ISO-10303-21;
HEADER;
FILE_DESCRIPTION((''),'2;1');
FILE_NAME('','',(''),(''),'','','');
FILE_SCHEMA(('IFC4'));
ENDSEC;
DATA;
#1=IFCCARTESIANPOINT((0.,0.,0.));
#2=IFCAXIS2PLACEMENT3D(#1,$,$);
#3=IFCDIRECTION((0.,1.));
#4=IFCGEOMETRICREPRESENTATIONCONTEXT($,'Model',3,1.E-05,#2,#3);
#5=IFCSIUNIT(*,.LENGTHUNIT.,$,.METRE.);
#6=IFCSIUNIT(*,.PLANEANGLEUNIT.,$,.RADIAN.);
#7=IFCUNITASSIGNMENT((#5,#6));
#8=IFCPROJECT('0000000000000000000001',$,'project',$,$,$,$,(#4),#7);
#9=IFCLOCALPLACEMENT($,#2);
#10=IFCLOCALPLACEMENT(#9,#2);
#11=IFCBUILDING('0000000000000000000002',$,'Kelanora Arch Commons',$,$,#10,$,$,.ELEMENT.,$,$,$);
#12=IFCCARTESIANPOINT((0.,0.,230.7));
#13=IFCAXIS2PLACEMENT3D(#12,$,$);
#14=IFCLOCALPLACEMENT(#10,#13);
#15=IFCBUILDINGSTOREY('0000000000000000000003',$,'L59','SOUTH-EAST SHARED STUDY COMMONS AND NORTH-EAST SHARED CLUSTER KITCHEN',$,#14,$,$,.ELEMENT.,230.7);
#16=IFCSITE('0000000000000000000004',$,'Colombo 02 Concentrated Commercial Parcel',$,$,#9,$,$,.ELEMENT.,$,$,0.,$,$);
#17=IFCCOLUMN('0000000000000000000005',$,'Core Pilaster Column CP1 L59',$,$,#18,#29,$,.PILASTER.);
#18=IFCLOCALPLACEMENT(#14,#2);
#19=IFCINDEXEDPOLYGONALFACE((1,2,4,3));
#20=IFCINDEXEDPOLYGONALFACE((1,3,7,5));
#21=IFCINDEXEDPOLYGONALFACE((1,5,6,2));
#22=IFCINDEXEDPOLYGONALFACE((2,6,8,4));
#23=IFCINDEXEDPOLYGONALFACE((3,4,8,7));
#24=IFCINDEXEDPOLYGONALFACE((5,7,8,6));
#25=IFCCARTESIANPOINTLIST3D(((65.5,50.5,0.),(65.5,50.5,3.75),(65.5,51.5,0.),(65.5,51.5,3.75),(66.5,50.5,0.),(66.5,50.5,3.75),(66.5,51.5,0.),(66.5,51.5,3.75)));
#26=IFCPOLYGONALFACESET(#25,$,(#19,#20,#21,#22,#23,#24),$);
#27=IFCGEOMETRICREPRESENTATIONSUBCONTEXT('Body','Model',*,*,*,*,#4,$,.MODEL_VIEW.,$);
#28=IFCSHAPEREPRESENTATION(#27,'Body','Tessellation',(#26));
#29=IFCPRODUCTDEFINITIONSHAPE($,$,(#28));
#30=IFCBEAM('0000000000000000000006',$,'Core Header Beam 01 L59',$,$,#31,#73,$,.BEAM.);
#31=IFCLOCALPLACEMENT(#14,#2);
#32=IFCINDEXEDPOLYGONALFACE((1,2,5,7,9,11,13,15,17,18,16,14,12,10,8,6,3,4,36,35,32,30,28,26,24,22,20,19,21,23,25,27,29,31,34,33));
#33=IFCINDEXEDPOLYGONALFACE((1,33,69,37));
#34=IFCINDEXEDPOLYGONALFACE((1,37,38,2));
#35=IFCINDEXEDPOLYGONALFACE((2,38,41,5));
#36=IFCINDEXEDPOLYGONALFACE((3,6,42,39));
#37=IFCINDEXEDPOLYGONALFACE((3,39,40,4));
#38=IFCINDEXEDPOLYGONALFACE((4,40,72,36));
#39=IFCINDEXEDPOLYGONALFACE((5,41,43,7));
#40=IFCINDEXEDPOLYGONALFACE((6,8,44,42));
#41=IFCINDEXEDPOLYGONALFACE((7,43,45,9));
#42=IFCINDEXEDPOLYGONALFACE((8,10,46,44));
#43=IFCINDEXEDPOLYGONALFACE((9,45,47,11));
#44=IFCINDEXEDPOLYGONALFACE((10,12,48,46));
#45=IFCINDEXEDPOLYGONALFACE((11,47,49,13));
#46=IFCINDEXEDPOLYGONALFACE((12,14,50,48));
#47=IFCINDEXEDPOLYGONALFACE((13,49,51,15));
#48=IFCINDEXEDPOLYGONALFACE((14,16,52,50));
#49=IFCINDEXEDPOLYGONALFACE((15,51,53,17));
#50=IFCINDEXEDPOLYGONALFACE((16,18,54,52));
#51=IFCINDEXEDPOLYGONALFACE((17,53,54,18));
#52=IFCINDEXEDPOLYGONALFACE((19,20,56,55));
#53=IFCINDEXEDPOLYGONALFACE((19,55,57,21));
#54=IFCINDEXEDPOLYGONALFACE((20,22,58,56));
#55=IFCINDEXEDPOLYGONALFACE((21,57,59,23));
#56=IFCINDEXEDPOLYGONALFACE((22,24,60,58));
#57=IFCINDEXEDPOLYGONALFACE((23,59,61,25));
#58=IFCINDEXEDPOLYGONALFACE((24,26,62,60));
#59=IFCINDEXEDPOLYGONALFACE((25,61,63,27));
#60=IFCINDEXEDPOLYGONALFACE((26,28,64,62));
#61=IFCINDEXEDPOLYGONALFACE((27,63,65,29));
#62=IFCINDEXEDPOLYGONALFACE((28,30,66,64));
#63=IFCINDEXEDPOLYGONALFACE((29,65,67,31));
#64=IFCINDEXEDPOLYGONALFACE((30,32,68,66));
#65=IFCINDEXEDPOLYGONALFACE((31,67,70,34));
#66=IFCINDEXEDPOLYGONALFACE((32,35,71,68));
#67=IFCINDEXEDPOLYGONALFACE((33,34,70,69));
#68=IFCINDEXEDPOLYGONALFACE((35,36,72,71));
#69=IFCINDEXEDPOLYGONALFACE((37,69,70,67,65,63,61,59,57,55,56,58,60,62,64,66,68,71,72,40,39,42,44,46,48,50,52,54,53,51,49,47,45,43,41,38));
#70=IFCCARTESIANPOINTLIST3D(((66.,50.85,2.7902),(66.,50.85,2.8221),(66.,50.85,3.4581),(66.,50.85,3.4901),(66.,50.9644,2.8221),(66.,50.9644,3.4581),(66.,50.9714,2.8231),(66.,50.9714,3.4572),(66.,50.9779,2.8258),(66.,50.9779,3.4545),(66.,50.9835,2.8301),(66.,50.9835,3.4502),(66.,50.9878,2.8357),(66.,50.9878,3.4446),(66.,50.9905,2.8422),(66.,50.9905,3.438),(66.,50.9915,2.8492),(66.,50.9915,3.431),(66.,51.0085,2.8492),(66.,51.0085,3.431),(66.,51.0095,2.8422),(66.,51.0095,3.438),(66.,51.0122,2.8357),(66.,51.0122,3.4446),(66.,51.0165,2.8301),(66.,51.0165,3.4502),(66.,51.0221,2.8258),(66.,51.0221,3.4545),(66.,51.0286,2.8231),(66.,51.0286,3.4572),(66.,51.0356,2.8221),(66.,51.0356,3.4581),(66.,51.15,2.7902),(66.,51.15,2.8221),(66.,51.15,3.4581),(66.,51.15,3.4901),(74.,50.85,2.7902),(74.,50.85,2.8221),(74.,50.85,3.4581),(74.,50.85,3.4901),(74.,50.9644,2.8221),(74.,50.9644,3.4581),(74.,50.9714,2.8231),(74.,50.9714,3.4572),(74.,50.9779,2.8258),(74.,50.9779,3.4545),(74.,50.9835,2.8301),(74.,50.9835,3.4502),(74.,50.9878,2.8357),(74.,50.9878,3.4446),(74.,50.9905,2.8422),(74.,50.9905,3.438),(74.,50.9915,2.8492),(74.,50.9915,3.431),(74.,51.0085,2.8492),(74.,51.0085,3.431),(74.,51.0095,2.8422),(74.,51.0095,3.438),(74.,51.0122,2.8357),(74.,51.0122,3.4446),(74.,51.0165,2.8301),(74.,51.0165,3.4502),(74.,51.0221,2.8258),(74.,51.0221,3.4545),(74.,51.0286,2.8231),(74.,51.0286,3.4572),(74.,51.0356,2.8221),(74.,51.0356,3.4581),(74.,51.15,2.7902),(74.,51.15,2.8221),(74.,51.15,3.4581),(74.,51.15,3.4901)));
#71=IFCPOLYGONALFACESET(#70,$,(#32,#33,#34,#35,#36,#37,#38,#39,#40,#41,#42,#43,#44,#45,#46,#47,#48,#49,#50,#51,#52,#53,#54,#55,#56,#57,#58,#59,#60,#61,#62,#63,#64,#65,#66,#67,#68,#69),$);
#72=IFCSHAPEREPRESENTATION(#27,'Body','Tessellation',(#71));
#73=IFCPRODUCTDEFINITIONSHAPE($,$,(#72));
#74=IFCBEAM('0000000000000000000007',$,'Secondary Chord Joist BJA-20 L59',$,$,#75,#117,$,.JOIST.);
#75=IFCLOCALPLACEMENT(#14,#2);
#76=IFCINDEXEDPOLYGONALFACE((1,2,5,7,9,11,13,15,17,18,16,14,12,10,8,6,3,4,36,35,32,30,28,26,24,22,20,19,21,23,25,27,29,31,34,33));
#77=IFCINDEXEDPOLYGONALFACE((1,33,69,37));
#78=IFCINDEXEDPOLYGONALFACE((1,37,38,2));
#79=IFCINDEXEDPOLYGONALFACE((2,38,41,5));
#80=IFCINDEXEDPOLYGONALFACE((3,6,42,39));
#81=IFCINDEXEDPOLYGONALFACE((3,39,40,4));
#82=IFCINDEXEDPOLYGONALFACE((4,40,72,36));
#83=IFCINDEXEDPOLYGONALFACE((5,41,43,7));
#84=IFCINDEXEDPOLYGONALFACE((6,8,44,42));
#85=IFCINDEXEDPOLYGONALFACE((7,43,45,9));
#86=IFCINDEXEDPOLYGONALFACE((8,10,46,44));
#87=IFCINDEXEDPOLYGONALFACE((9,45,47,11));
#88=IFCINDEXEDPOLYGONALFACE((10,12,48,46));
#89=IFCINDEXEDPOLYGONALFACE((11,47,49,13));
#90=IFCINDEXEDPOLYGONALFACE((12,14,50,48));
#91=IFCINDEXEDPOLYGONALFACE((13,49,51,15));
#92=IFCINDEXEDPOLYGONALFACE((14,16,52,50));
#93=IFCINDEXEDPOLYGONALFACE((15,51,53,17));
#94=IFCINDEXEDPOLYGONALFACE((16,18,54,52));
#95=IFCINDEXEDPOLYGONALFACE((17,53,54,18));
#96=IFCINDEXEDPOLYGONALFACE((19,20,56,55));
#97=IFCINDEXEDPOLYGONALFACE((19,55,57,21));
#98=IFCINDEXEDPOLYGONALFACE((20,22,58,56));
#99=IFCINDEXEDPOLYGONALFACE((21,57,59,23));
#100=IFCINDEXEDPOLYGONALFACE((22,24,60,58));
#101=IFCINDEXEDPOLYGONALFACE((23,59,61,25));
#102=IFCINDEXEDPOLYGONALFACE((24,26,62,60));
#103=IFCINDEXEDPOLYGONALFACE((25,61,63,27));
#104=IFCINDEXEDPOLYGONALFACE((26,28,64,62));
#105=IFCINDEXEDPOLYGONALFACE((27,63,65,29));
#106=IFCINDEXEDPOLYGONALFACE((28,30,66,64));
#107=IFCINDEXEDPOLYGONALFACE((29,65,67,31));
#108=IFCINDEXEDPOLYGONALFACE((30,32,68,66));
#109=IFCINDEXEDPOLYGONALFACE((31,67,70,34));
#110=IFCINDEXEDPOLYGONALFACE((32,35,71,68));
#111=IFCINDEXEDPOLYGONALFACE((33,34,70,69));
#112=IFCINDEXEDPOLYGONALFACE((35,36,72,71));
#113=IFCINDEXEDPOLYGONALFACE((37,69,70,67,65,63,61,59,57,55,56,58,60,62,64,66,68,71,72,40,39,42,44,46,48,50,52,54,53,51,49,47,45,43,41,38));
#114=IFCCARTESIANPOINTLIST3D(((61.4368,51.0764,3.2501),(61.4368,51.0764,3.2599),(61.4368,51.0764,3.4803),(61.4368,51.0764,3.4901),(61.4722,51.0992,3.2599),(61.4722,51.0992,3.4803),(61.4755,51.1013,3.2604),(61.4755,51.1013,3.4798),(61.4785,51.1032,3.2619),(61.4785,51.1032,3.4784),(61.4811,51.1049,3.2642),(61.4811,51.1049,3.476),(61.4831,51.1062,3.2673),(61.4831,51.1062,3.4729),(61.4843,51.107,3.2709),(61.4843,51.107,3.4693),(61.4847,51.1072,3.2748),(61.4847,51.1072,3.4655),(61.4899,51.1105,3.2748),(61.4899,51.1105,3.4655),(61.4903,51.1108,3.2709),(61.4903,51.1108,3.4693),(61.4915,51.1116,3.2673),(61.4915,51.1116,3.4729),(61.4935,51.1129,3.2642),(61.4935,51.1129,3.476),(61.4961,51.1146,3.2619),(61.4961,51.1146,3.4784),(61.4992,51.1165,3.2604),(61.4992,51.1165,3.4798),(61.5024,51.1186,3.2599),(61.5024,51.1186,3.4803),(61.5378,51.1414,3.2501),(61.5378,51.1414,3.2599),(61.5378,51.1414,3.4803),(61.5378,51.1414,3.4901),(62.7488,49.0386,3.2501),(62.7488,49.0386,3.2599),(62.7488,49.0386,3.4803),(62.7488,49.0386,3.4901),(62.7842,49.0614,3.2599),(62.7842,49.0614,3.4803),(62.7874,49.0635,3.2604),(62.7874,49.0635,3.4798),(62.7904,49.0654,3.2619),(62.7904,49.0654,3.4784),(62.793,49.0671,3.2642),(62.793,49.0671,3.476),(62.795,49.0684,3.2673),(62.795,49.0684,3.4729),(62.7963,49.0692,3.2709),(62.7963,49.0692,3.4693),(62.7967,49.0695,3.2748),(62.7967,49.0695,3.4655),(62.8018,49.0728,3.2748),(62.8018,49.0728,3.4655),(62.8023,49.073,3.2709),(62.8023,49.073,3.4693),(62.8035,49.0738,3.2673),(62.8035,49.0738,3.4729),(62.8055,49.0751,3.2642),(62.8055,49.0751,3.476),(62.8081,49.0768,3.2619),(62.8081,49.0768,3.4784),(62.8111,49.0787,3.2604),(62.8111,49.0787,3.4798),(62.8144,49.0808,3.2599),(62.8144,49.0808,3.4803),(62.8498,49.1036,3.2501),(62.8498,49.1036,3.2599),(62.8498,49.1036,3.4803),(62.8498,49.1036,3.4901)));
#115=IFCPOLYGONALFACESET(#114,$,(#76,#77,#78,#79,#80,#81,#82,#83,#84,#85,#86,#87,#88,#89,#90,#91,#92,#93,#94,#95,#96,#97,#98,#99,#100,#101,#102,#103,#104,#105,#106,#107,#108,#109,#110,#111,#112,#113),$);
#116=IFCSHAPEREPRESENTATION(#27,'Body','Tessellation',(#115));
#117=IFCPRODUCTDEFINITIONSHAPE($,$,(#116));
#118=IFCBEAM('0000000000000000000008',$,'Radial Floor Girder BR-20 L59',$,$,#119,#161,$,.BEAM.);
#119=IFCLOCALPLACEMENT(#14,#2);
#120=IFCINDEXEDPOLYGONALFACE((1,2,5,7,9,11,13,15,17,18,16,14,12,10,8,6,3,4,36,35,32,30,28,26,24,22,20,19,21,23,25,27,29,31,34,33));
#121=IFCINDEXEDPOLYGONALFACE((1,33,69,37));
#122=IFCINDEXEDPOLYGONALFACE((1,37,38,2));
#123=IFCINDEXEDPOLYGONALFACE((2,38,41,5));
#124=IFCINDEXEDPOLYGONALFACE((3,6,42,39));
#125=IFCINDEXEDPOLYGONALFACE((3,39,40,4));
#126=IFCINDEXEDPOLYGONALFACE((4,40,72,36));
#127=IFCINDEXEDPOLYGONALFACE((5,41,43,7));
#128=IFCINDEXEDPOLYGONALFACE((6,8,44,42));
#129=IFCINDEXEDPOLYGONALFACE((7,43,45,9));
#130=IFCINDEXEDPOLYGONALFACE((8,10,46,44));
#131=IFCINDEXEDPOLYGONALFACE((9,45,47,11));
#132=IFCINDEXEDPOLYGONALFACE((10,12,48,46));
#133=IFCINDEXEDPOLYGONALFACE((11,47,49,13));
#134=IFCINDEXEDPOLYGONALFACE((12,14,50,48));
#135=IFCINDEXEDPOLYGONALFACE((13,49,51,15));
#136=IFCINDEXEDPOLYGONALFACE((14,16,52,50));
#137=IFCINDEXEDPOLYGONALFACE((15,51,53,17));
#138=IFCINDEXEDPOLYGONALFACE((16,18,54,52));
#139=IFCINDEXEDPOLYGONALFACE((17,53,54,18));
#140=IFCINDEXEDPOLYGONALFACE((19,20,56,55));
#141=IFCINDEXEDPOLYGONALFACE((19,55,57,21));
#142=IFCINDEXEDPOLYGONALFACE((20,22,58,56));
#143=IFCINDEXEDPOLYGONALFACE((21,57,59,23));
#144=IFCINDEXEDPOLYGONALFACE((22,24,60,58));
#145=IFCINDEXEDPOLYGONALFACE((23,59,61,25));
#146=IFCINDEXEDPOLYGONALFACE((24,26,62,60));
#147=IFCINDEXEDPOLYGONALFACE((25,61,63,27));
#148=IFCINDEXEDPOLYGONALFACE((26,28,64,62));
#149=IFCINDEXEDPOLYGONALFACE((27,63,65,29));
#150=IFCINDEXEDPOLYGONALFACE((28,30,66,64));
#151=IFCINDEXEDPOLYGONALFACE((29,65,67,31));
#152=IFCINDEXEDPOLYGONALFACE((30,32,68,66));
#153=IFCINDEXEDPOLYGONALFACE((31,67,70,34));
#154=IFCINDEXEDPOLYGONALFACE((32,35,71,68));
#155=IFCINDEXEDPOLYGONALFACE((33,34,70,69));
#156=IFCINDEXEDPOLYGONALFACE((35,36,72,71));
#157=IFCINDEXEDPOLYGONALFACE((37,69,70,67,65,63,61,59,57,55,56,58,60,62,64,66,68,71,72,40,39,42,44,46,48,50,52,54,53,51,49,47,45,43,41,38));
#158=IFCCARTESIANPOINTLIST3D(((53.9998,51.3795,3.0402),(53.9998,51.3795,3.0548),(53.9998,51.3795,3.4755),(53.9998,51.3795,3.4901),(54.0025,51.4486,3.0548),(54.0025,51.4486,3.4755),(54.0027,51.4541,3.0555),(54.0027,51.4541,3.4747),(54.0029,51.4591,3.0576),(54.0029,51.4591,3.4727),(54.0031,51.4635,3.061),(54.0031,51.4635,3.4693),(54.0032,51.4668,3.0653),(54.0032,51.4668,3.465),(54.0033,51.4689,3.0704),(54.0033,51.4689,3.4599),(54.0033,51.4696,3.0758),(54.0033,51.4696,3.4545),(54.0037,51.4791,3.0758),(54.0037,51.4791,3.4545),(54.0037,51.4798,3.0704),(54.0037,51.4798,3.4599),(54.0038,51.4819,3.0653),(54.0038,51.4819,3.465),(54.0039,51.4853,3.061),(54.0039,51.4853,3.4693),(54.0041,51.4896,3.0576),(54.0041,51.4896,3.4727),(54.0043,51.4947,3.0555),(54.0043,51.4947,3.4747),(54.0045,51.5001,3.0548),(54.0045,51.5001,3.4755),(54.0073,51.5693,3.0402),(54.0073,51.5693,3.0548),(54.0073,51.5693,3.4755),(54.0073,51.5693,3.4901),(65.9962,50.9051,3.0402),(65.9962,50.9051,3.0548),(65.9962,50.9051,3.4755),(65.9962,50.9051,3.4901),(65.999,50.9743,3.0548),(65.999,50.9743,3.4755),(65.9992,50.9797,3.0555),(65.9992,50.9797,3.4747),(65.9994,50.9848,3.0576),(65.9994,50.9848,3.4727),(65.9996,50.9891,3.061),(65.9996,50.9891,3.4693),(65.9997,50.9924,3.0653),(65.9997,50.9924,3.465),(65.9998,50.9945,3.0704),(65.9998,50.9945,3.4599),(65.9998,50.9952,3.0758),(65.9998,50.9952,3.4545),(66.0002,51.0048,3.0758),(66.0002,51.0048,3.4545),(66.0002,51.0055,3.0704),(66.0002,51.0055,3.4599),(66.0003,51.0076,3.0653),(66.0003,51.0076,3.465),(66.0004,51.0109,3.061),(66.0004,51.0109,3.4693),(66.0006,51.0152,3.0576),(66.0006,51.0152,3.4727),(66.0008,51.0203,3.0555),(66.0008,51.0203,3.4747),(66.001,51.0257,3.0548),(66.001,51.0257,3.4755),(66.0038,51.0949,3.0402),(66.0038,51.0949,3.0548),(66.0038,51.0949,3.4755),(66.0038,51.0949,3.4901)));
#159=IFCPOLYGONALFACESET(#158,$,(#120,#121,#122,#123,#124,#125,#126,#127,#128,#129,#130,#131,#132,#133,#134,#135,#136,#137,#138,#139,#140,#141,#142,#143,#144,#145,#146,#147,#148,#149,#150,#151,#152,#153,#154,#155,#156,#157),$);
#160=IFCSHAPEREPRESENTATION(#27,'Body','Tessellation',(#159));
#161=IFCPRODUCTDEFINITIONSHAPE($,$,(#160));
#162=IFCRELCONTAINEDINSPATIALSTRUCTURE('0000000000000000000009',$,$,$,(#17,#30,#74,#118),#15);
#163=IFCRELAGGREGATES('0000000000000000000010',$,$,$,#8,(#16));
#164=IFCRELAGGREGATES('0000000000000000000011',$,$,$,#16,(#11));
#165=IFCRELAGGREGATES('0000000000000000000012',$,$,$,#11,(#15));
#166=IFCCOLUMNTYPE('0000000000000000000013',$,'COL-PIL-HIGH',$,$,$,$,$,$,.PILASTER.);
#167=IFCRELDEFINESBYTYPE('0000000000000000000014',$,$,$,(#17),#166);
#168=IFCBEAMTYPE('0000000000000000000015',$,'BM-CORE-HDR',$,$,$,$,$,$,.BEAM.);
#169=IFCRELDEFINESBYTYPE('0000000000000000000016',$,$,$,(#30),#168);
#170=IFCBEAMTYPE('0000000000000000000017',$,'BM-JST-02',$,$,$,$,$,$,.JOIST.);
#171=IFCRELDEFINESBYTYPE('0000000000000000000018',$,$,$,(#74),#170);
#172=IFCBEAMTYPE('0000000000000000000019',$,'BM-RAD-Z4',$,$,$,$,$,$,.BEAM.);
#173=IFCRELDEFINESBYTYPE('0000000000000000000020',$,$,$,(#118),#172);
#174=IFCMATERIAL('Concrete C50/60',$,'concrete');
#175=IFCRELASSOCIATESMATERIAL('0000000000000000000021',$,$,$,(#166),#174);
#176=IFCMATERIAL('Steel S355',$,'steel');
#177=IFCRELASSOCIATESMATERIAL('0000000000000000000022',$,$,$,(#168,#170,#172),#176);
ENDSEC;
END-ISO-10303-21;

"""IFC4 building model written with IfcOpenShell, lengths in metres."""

from ifc_helpers import new_model, si_unit, direction, frame, origin, origin_2d, place, context, subcontext, project, spatial, rectangle, i_section, extrude, material, material_profile, profile_set, type_object, element, save


model = new_model("IFC4")

# Units and contexts
model_context = context("Model", 3, precision=1e-05, world=origin(), true_north=direction((0.0, 1.0)))
body_context = subcontext(model_context, "Body", "Model", "MODEL_VIEW")
ifc_project = project(units=[si_unit("LENGTHUNIT", "METRE"), si_unit("PLANEANGLEUNIT", "RADIAN")], contexts=[model_context])

# Site, building, storey
site_placement = place(None, origin())
site = spatial("IfcSite", under=ifc_project, at=site_placement, Name="Colombo 02 Concentrated Commercial Parcel", CompositionType="ELEMENT", RefElevation=0.0)
building_placement = place(site_placement, origin())
building = spatial("IfcBuilding", under=site, at=building_placement, Name="Kelanora Arch Commons", CompositionType="ELEMENT")
storey_placement = place(building_placement, frame((0.0, 0.0, 230.7)))
storey = spatial("IfcBuildingStorey", under=building, at=storey_placement, Name="L59", Description="SOUTH-EAST SHARED STUDY COMMONS AND NORTH-EAST SHARED CLUSTER KITCHEN", CompositionType="ELEMENT", Elevation=230.7)

# Column
ifc_material_1 = material(Name="Concrete C50/60", Category="concrete")
ifc_material_profile_1 = material_profile(ifc_material_1, rectangle(XDim=1.0, YDim=1.0, at=origin_2d()), Name="RC1000x1000")
ifc_profile_set_1 = profile_set([ifc_material_profile_1], Name="Concrete C50/60")
column_type = type_object("IfcColumnType", Name="COL-PIL-HIGH", PredefinedType="PILASTER", material=ifc_profile_set_1)
column_placement = place(storey_placement, frame((66.0, 51.0, 0.0), z_axis=(0.0, 0.0, 1.0), x_axis=(1.0, 0.0, 0.0)))
element("IfcColumn", 1, at=column_placement, inside=storey, type_object=column_type, Name="Core Pilaster Column CP1 L59", PredefinedType="PILASTER", context=body_context, shape_type="SweptSolid", body=[
    extrude(rectangle(XDim=1.0, YDim=1.0, at=origin_2d()), origin(), (0.0, 0.0, 1.0), 3.75),
])

# Beams
ifc_material_2 = material(Name="Steel S355", Category="steel")
ifc_material_profile_2 = material_profile(ifc_material_2, i_section(OverallWidth=0.3, OverallDepth=0.7, WebThickness=0.0171, FlangeThickness=0.032, FilletRadius=0.0271, at=origin_2d()), Name="HEB700")
ifc_profile_set_2 = profile_set([ifc_material_profile_2], Name="Steel S355")
beam_type_1 = type_object("IfcBeamType", Name="BM-CORE-HDR", PredefinedType="BEAM", material=ifc_profile_set_2)
beam_1_placement = place(storey_placement, frame((66.0, 51.0, 3.1401), z_axis=(1.0, 0.0, 0.0), x_axis=(0.0, 1.0, 0.0)))
element("IfcBeam", 2, at=beam_1_placement, inside=storey, type_object=beam_type_1, Name="Core Header Beam 01 L59", PredefinedType="BEAM", context=body_context, shape_type="SweptSolid", body=[
    extrude(i_section(OverallWidth=0.3, OverallDepth=0.7, WebThickness=0.0171, FlangeThickness=0.032, FilletRadius=0.0271, at=origin_2d()), origin(), (0.0, 0.0, 1.0), 8.0),
])
ifc_material_profile_3 = material_profile(ifc_material_2, i_section(OverallWidth=0.1201, OverallDepth=0.24, WebThickness=0.0061, FlangeThickness=0.0098, FilletRadius=0.0149, at=origin_2d()), Name="IPE240")
ifc_profile_set_3 = profile_set([ifc_material_profile_3], Name="Steel S355")
beam_type_2 = type_object("IfcBeamType", Name="BM-JST-02", PredefinedType="JOIST", material=ifc_profile_set_3)
beam_2_placement = place(storey_placement, frame((61.4873, 51.1089, 3.3701), z_axis=(0.541333, -0.840808, 0.0), x_axis=(0.840808, 0.541333, 0.0)))
element("IfcBeam", 3, at=beam_2_placement, inside=storey, type_object=beam_type_2, Name="Secondary Chord Joist BJA-20 L59", PredefinedType="JOIST", context=body_context, shape_type="SweptSolid", body=[
    extrude(i_section(OverallWidth=0.1201, OverallDepth=0.24, WebThickness=0.0061, FlangeThickness=0.0098, FilletRadius=0.0149, at=origin_2d()), origin(), (0.0, 0.0, 1.0), 2.4236),
])
ifc_material_profile_4 = material_profile(ifc_material_2, i_section(OverallWidth=0.1899, OverallDepth=0.45, WebThickness=0.0095, FlangeThickness=0.0146, FilletRadius=0.021, at=origin_2d()), Name="IPE450")
ifc_profile_set_4 = profile_set([ifc_material_profile_4], Name="Steel S355")
beam_type_3 = type_object("IfcBeamType", Name="BM-RAD-Z4", PredefinedType="BEAM", material=ifc_profile_set_4)
beam_3_placement = place(storey_placement, frame((66.0, 51.0, 3.2651), z_axis=(-0.999219, 0.039511, 0.0), x_axis=(-0.039511, -0.999219, 0.0)))
element("IfcBeam", 4, at=beam_3_placement, inside=storey, type_object=beam_type_3, Name="Radial Floor Girder BR-20 L59", PredefinedType="BEAM", context=body_context, shape_type="SweptSolid", body=[
    extrude(i_section(OverallWidth=0.1899, OverallDepth=0.45, WebThickness=0.0095, FlangeThickness=0.0146, FilletRadius=0.021, at=origin_2d()), origin(), (0.0, 0.0, 1.0), 12.0059),
])

save(model, "model.ifc")
